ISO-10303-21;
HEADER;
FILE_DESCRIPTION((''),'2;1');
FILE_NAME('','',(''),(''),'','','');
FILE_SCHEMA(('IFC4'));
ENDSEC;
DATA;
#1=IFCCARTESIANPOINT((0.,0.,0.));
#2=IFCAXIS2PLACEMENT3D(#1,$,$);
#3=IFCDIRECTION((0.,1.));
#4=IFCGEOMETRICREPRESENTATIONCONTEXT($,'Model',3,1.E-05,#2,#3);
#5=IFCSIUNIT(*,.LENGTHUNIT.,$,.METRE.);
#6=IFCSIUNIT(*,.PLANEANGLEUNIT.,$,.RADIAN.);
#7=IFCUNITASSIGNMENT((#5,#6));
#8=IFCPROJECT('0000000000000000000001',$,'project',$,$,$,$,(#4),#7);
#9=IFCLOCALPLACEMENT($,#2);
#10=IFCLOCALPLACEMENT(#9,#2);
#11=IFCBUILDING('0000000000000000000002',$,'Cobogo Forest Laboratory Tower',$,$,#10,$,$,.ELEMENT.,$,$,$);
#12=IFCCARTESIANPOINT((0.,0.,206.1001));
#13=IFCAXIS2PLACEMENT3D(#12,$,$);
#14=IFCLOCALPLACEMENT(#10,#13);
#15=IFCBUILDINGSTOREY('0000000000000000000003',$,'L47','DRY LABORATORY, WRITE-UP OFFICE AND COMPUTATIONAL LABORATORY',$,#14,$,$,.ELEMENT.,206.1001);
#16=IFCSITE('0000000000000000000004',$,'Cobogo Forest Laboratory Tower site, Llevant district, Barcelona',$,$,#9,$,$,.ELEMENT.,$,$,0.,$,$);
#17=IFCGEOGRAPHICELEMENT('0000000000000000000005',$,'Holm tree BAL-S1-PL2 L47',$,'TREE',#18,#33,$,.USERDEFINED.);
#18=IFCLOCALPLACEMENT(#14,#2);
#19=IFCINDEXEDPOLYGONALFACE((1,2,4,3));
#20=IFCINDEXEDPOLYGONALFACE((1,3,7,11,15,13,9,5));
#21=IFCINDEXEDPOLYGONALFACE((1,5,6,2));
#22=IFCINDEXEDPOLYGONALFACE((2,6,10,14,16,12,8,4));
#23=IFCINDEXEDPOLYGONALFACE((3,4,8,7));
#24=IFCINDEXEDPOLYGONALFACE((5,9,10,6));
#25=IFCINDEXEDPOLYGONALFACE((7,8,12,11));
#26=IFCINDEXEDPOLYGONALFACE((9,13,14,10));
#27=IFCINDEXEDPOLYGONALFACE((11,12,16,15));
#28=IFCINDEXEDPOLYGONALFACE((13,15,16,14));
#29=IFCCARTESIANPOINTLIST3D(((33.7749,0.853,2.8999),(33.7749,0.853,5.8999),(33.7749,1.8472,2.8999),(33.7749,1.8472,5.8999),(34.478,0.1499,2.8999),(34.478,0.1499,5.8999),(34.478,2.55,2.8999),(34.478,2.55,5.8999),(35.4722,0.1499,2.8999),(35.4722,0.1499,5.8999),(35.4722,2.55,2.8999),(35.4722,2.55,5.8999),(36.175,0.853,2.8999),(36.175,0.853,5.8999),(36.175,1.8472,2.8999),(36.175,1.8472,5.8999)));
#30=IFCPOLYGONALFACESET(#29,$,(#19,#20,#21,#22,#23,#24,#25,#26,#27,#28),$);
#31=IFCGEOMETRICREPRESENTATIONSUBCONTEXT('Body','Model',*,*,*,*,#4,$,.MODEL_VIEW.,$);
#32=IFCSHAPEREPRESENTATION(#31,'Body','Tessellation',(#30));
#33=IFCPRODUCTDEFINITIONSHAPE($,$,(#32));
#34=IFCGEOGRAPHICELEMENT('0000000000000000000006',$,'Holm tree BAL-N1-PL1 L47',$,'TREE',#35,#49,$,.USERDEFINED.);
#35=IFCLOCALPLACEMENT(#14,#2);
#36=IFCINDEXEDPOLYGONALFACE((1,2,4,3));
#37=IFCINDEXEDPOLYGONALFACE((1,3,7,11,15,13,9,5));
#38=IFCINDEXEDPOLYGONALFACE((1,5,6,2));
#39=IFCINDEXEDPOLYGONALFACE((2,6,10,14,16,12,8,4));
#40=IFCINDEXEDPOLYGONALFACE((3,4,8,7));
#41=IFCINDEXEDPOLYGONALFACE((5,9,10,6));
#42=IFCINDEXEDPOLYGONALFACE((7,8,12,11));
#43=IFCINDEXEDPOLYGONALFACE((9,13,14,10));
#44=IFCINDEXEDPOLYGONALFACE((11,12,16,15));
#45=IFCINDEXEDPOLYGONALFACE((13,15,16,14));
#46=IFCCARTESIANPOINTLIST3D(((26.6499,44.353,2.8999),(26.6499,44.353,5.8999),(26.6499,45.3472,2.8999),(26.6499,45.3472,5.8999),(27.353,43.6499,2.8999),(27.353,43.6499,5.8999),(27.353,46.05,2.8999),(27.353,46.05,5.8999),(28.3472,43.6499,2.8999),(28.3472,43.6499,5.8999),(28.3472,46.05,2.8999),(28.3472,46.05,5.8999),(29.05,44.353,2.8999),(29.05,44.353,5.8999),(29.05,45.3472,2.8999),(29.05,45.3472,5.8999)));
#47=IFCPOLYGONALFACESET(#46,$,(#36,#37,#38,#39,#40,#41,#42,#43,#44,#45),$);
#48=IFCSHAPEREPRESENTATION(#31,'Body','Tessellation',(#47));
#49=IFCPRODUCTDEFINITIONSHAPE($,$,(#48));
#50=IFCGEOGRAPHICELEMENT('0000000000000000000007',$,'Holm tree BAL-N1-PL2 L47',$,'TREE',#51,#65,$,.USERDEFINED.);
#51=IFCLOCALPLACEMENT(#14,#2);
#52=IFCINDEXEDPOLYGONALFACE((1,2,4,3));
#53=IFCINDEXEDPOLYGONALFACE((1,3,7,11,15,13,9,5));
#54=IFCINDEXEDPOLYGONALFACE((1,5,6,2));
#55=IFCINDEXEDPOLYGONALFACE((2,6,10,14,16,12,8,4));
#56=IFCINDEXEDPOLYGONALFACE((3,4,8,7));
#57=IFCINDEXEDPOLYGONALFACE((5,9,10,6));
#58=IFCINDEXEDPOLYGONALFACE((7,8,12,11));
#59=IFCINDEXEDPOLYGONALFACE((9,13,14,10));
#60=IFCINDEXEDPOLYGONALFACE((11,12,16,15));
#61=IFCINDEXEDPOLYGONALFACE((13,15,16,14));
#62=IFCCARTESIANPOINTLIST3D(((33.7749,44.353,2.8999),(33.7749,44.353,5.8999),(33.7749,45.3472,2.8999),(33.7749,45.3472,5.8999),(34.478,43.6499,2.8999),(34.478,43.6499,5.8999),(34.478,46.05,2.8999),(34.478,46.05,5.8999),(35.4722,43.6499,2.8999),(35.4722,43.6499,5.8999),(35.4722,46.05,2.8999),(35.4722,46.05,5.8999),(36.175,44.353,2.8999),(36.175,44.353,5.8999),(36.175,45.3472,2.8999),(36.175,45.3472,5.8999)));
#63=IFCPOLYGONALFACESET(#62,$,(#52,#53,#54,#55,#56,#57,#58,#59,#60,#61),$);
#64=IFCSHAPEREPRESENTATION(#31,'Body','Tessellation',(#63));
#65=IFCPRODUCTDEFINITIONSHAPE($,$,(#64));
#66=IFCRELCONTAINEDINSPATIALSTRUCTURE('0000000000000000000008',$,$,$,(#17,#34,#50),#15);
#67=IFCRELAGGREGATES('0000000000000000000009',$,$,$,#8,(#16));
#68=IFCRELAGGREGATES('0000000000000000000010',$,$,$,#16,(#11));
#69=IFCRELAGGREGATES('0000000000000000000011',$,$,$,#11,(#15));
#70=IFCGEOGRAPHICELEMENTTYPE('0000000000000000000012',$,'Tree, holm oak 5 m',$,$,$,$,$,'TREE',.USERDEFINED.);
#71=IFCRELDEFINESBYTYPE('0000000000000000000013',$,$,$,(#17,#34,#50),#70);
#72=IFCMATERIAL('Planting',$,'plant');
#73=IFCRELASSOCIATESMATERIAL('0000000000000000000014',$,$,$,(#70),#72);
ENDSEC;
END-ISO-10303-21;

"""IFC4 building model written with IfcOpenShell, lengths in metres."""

from ifc_helpers import new_model, si_unit, direction, frame, origin, place, context, subcontext, project, spatial, polyline, outline, extrude, material, type_object, element, save


model = new_model("IFC4")

# Units and contexts
model_context = context("Model", 3, precision=1e-05, world=origin(), true_north=direction((0.0, 1.0)))
body_context = subcontext(model_context, "Body", "Model", "MODEL_VIEW")
ifc_project = project(units=[si_unit("LENGTHUNIT", "METRE"), si_unit("PLANEANGLEUNIT", "RADIAN")], contexts=[model_context])

# Site, building, storey
site_placement = place(None, origin())
site = spatial("IfcSite", under=ifc_project, at=site_placement, Name="Cobogo Forest Laboratory Tower site, Llevant district, Barcelona", CompositionType="ELEMENT", RefElevation=0.0)
building_placement = place(site_placement, origin())
building = spatial("IfcBuilding", under=site, at=building_placement, Name="Cobogo Forest Laboratory Tower", CompositionType="ELEMENT")
storey_placement = place(building_placement, frame((0.0, 0.0, 206.1001)))
storey = spatial("IfcBuildingStorey", under=building, at=storey_placement, Name="L47", Description="DRY LABORATORY, WRITE-UP OFFICE AND COMPUTATIONAL LABORATORY", CompositionType="ELEMENT", Elevation=206.1001)

# Geographic elements
ifc_material_1 = material(Name="Planting", Category="plant")
geographic_element_type = type_object("IfcGeographicElementType", Name="Tree, holm oak 5 m", ElementType="TREE", PredefinedType="USERDEFINED", material=ifc_material_1)
geographic_element_1_placement = place(storey_placement, frame((0.0, 0.0, 2.8999)))
element("IfcGeographicElement", 1, at=geographic_element_1_placement, inside=storey, type_object=geographic_element_type, Name="Holm tree BAL-S1-PL2 L47", ObjectType="TREE", PredefinedType="USERDEFINED", context=body_context, shape_type="SweptSolid", body=[
    extrude(outline(polyline([(36.175, 0.853), (36.175, 1.8472), (35.4722, 2.55), (34.478, 2.55), (33.7749, 1.8472), (33.7749, 0.853), (34.478, 0.1499), (35.4722, 0.1499), (36.175, 0.853)])), origin(), (0.0, 0.0, 1.0), 3.0),
])
geographic_element_2_placement = place(storey_placement, frame((0.0, 0.0, 2.8999)))
element("IfcGeographicElement", 2, at=geographic_element_2_placement, inside=storey, type_object=geographic_element_type, Name="Holm tree BAL-N1-PL1 L47", ObjectType="TREE", PredefinedType="USERDEFINED", context=body_context, shape_type="SweptSolid", body=[
    extrude(outline(polyline([(29.05, 44.353), (29.05, 45.3472), (28.3472, 46.05), (27.353, 46.05), (26.6499, 45.3472), (26.6499, 44.353), (27.353, 43.6499), (28.3472, 43.6499), (29.05, 44.353)])), origin(), (0.0, 0.0, 1.0), 3.0),
])
geographic_element_3_placement = place(storey_placement, frame((0.0, 0.0, 2.8999)))
element("IfcGeographicElement", 3, at=geographic_element_3_placement, inside=storey, type_object=geographic_element_type, Name="Holm tree BAL-N1-PL2 L47", ObjectType="TREE", PredefinedType="USERDEFINED", context=body_context, shape_type="SweptSolid", body=[
    extrude(outline(polyline([(36.175, 44.353), (36.175, 45.3472), (35.4722, 46.05), (34.478, 46.05), (33.7749, 45.3472), (33.7749, 44.353), (34.478, 43.6499), (35.4722, 43.6499), (36.175, 44.353)])), origin(), (0.0, 0.0, 1.0), 3.0),
])

save(model, "model.ifc")
